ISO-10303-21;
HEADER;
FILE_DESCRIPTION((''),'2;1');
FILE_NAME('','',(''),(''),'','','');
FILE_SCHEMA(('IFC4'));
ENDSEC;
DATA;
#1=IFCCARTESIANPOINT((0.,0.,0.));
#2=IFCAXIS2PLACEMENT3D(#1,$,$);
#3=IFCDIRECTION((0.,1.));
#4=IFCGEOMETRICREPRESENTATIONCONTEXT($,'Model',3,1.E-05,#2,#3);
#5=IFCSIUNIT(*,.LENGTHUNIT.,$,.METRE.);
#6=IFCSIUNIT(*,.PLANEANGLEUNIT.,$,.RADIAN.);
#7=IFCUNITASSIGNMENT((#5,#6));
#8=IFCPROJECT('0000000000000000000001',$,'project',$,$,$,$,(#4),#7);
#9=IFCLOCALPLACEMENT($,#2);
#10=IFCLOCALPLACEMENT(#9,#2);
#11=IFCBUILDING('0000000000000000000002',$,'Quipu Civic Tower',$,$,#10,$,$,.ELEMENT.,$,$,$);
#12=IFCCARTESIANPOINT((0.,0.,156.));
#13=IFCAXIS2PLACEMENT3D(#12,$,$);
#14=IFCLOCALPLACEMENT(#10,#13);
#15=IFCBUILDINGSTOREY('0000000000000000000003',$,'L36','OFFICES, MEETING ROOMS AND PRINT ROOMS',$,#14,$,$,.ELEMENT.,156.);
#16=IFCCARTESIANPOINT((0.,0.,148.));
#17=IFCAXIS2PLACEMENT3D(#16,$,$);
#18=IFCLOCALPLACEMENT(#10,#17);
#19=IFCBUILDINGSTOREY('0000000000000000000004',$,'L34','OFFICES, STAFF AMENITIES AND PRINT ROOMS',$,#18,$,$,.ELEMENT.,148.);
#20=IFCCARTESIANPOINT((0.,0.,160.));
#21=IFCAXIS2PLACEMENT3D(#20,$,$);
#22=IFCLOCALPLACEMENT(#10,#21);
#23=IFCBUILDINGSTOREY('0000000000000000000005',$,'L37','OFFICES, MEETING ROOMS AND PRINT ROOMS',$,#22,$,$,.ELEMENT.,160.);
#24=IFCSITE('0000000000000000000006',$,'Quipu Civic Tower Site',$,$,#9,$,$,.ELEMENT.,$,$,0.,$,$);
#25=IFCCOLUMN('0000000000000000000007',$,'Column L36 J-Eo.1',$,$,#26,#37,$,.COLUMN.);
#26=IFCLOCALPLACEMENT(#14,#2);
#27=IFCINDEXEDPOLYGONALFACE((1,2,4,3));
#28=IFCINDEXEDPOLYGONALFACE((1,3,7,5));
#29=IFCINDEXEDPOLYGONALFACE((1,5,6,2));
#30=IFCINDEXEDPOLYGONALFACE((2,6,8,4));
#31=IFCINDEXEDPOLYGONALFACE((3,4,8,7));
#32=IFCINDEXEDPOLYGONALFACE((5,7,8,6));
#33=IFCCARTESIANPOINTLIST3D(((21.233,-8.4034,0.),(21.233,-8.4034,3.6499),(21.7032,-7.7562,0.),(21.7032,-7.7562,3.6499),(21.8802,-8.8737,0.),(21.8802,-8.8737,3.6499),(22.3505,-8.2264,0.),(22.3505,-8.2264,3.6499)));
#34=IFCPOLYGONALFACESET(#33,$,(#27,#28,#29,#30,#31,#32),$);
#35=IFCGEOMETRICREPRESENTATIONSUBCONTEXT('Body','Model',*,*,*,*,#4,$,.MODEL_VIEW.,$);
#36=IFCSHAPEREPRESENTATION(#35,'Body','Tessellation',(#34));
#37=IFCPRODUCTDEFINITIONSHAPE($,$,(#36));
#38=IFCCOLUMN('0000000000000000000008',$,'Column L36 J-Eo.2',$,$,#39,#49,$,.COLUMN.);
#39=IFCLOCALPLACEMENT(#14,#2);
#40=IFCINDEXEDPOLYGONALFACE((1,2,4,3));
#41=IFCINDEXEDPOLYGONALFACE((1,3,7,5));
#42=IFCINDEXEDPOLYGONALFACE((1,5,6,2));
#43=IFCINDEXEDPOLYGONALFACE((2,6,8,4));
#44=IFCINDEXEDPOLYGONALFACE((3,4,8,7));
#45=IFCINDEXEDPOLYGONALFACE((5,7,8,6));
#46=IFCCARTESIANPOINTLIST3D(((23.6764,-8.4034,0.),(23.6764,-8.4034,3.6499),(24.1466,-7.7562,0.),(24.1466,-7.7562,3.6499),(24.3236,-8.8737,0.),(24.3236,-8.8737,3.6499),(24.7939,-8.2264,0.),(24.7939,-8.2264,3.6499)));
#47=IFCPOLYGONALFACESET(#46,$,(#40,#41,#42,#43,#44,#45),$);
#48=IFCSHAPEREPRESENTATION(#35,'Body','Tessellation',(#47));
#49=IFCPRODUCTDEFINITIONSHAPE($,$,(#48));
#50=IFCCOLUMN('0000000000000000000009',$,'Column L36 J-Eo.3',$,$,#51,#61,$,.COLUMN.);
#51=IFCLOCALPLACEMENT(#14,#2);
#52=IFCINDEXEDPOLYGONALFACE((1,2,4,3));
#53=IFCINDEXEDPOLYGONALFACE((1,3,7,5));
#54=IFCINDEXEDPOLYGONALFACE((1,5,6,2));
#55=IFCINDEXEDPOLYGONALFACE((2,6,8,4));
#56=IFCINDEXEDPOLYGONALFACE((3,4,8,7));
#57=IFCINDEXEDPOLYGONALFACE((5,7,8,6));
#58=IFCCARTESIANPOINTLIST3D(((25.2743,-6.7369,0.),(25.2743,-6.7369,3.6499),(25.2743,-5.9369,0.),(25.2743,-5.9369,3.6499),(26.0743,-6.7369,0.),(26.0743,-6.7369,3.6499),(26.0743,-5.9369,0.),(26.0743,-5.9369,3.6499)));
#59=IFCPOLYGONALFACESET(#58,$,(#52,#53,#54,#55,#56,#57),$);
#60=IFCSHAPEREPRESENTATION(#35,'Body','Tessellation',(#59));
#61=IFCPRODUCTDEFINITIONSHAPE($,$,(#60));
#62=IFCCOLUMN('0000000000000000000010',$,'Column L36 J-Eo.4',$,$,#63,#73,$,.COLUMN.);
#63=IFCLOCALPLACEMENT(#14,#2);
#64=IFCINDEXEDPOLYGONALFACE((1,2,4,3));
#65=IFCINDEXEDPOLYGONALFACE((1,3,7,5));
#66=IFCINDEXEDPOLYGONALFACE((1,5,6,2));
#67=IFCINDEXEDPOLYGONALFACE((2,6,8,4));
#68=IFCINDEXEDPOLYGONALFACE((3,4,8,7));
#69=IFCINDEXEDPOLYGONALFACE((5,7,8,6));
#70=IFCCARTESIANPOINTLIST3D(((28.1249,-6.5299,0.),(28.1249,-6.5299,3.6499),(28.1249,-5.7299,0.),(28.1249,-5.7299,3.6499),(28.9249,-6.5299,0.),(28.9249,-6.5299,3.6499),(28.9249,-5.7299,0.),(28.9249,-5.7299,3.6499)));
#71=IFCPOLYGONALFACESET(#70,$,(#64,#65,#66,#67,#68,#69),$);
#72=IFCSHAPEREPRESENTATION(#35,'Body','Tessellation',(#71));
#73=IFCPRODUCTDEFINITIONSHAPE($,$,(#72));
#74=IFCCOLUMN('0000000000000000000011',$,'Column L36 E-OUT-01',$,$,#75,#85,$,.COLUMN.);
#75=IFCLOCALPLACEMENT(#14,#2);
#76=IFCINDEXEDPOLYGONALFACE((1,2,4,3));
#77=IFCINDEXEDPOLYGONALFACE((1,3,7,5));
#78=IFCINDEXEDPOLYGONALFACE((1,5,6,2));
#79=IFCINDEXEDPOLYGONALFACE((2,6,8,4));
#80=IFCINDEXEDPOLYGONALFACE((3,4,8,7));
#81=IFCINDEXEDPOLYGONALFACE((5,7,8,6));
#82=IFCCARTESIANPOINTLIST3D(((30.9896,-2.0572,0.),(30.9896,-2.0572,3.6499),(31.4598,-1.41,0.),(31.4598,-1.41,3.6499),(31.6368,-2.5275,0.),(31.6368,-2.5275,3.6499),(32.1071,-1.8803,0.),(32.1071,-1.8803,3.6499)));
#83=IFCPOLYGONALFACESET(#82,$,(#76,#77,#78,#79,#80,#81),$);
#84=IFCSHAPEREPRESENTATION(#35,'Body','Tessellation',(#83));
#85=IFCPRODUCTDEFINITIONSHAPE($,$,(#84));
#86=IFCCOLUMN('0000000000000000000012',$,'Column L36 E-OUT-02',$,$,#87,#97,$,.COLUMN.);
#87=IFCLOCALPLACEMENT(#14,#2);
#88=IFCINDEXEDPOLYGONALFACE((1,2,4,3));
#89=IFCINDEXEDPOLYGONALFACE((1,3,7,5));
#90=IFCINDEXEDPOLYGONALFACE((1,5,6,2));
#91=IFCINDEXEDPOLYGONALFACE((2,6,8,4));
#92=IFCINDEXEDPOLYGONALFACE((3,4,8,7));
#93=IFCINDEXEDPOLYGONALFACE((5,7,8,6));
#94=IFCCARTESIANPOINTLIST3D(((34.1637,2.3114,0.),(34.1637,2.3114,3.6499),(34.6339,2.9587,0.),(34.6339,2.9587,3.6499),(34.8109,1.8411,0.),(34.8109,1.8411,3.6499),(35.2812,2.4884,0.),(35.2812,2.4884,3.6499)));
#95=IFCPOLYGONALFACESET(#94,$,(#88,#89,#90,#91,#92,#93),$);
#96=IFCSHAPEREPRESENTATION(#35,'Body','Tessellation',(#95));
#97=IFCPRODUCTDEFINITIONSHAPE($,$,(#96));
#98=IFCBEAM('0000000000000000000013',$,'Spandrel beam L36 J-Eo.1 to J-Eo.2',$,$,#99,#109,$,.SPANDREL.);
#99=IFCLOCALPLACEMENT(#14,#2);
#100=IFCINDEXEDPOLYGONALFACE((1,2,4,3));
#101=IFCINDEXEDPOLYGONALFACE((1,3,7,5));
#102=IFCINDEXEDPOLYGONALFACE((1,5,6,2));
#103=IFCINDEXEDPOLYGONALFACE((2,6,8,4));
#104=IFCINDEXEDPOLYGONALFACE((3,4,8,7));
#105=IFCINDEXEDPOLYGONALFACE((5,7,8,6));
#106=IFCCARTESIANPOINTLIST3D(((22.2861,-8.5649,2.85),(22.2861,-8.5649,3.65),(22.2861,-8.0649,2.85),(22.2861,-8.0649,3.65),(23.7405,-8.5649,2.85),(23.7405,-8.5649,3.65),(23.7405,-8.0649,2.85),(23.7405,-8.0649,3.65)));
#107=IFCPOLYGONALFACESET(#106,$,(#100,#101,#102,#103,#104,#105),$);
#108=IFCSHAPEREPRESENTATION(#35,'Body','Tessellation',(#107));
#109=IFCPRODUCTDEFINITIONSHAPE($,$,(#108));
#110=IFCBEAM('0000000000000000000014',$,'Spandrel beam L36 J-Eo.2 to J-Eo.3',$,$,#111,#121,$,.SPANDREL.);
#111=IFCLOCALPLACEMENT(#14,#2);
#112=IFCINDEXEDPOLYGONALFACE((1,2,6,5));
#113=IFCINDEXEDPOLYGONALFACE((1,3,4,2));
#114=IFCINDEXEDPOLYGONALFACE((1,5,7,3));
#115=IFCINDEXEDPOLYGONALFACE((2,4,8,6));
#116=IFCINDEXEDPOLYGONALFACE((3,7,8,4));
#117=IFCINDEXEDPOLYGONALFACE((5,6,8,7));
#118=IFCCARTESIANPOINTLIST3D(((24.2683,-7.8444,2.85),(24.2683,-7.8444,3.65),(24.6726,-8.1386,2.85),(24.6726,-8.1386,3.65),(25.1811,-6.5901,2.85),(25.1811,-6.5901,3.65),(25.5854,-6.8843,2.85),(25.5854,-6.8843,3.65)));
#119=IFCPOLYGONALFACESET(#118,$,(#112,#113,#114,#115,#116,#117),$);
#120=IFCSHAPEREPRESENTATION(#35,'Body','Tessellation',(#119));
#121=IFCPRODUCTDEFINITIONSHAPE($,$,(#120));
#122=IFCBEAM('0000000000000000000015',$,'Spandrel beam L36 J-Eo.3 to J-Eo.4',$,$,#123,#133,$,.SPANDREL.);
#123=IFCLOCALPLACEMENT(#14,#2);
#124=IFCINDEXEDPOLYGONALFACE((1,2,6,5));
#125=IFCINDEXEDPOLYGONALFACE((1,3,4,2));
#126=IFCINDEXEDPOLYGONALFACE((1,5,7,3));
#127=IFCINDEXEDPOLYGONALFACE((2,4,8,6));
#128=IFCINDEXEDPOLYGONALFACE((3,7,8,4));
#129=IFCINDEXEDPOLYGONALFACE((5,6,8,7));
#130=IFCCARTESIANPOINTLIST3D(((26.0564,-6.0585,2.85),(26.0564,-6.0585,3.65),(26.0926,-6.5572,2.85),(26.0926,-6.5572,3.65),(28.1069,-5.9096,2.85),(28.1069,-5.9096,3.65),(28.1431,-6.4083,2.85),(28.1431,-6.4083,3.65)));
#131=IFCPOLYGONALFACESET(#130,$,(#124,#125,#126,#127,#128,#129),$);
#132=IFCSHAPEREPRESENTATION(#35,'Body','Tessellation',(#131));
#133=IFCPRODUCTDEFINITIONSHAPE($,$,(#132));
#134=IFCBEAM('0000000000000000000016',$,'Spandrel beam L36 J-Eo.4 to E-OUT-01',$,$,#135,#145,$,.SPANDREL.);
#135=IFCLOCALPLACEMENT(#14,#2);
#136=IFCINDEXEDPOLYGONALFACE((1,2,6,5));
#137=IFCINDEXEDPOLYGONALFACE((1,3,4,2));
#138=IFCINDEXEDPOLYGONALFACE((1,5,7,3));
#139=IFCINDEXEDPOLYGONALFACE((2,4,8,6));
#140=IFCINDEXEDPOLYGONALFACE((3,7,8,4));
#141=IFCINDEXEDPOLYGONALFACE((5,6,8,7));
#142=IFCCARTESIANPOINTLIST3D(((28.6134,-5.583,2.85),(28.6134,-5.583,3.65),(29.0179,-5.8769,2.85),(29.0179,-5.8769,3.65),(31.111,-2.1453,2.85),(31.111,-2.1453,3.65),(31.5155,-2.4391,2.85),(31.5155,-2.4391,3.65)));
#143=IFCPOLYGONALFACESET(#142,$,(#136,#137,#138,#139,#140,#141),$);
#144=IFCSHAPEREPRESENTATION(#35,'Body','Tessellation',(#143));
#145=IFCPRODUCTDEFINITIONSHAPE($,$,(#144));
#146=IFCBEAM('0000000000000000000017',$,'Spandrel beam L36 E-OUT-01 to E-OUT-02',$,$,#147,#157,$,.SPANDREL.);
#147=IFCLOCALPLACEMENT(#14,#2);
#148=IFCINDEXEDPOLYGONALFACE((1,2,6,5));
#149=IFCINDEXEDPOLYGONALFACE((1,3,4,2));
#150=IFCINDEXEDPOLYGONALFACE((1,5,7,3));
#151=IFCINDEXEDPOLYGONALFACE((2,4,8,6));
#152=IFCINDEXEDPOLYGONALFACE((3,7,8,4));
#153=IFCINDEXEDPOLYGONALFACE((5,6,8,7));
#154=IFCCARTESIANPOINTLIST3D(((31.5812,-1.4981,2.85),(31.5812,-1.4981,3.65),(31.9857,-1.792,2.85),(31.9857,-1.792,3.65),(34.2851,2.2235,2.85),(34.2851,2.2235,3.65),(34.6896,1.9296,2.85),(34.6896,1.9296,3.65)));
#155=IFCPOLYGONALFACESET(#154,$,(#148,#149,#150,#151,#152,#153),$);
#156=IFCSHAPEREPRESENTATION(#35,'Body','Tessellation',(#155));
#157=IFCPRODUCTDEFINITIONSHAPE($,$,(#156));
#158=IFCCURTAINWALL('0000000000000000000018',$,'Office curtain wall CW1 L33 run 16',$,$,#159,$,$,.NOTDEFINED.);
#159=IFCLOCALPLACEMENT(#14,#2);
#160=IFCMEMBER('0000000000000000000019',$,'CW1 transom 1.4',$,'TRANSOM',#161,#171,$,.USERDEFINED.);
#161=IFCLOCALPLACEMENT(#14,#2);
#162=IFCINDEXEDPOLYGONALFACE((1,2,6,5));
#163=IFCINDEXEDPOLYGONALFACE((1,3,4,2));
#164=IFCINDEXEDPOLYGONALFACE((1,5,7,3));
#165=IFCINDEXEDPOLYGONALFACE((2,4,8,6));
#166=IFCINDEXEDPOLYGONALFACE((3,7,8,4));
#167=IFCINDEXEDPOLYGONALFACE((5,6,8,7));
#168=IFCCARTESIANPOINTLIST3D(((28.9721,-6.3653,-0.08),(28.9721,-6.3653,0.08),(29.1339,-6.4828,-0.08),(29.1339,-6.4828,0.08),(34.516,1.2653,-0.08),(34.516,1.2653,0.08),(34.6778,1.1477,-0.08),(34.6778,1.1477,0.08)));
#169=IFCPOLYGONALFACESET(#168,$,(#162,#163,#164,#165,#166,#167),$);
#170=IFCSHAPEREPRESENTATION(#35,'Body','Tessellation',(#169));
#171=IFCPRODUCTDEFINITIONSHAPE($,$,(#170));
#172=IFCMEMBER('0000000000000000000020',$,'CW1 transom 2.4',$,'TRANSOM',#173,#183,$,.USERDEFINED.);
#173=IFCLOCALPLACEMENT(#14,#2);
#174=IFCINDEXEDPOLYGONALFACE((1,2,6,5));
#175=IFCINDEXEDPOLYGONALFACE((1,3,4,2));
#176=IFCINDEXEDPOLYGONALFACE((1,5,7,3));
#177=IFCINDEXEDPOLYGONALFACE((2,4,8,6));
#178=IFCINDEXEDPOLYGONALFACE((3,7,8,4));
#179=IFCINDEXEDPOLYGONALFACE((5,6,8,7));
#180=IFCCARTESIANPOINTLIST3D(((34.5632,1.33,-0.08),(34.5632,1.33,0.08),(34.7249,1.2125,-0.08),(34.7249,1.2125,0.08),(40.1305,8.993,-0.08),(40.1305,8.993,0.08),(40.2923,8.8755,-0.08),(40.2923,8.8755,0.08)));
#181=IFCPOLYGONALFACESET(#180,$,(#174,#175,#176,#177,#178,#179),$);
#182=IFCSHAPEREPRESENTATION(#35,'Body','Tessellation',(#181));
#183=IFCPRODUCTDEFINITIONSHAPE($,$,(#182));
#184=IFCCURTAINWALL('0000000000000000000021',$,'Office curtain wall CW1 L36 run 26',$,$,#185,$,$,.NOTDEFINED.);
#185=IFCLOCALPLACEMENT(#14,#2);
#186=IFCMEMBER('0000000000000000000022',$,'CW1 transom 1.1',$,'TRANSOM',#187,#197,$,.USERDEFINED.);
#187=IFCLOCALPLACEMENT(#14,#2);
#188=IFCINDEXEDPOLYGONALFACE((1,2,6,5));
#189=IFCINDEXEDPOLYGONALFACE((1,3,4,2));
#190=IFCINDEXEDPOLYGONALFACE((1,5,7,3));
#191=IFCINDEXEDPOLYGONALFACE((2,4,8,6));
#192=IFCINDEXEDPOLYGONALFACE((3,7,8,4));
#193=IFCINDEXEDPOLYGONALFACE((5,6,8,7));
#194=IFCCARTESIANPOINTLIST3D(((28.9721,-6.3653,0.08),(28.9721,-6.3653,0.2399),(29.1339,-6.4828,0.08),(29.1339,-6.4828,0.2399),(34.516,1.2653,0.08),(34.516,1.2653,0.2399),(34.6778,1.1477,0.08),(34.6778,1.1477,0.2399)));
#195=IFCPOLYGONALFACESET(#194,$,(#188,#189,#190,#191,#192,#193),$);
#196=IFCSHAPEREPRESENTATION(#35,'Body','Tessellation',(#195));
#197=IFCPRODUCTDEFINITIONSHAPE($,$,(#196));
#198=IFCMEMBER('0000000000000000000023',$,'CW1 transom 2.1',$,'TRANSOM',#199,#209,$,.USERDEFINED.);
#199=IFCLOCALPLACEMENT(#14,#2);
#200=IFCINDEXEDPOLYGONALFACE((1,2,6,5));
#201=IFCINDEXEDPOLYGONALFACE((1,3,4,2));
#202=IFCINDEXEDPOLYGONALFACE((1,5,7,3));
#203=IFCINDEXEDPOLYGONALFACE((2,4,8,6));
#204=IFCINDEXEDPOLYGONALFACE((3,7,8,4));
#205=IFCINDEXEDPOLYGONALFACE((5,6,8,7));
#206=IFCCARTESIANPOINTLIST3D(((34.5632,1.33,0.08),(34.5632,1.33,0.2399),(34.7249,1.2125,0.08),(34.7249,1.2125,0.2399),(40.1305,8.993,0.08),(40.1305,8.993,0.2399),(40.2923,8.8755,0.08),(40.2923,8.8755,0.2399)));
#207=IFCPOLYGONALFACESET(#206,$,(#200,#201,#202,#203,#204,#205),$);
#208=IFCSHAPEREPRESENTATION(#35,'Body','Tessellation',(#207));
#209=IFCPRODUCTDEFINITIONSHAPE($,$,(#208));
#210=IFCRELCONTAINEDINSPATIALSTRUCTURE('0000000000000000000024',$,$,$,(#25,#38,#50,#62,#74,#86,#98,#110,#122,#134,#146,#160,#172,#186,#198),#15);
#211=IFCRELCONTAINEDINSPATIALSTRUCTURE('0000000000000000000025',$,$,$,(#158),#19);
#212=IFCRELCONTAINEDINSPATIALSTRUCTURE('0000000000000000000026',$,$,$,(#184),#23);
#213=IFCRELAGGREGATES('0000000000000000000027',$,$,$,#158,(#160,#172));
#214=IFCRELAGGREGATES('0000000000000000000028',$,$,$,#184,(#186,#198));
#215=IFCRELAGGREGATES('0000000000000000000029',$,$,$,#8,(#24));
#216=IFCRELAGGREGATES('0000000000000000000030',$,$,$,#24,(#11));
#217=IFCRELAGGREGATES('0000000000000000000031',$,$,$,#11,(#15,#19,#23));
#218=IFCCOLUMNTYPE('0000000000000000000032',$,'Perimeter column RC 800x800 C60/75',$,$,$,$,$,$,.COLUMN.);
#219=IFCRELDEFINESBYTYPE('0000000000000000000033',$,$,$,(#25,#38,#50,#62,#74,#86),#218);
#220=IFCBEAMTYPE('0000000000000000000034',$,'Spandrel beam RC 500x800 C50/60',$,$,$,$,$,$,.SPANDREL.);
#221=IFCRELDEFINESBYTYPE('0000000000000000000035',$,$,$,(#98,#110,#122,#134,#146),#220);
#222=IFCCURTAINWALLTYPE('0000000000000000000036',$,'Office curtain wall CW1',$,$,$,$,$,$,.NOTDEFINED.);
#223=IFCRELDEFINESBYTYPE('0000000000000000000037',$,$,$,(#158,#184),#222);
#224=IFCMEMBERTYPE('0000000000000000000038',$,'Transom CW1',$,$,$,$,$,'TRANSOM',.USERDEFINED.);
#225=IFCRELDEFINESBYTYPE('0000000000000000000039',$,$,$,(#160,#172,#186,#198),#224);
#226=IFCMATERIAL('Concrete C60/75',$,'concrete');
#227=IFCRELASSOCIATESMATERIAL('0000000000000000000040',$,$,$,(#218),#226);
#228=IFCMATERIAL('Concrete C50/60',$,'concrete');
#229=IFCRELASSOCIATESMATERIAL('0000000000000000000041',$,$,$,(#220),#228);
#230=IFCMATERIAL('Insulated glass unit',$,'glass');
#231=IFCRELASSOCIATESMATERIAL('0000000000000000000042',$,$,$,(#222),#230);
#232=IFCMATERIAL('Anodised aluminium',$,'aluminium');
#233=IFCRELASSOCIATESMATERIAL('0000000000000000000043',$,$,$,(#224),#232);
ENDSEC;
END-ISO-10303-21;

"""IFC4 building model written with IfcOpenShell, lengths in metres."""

from ifc_helpers import new_model, si_unit, direction, frame, origin, origin_2d, place, context, subcontext, project, spatial, rectangle, extrude, material, material_profile, profile_set, type_object, element, aggregate, save


model = new_model("IFC4")

# Units and contexts
model_context = context("Model", 3, precision=1e-05, world=origin(), true_north=direction((0.0, 1.0)))
body_context = subcontext(model_context, "Body", "Model", "MODEL_VIEW")
ifc_project = project(units=[si_unit("LENGTHUNIT", "METRE"), si_unit("PLANEANGLEUNIT", "RADIAN")], contexts=[model_context])

# Site, building, storey
site_placement = place(None, origin())
site = spatial("IfcSite", under=ifc_project, at=site_placement, Name="Quipu Civic Tower Site", CompositionType="ELEMENT", RefElevation=0.0)
building_placement = place(site_placement, origin())
building = spatial("IfcBuilding", under=site, at=building_placement, Name="Quipu Civic Tower", CompositionType="ELEMENT")
storey_1_placement = place(building_placement, frame((0.0, 0.0, 156.0)))
storey_1 = spatial("IfcBuildingStorey", under=building, at=storey_1_placement, Name="L36", Description="OFFICES, MEETING ROOMS AND PRINT ROOMS", CompositionType="ELEMENT", Elevation=156.0)

# Columns
ifc_material_1 = material(Name="Concrete C60/75", Category="concrete")
ifc_material_profile_1 = material_profile(ifc_material_1, rectangle(XDim=0.8, YDim=0.8, at=origin_2d()), Name="RC800x800")
ifc_profile_set_1 = profile_set([ifc_material_profile_1], Name="Concrete C60/75")
column_type = type_object("IfcColumnType", Name="Perimeter column RC 800x800 C60/75", PredefinedType="COLUMN", material=ifc_profile_set_1)
for number, where, z_axis, x_axis, name in (
    (1, (21.7917, -8.3149, 0.0), (0.0, 0.0, 1.0), (0.587785, 0.809017, 0.0), "Column L36 J-Eo.1"),
    (2, (24.2351, -8.3149, 0.0), (0.0, 0.0, 1.0), (0.587785, 0.809017, 0.0), "Column L36 J-Eo.2"),
    (3, (25.6743, -6.3369, 0.0), (0.0, 0.0, 1.0), (1.0, 0.0, 0.0), "Column L36 J-Eo.3"),
    (4, (28.5249, -6.1299, 0.0), (0.0, 0.0, 1.0), (1.0, 0.0, 0.0), "Column L36 J-Eo.4"),
    (5, (31.5483, -1.9688, 0.0), (0.0, 0.0, 1.0), (0.587785, 0.809017, 0.0), "Column L36 E-OUT-01"),
    (6, (34.7224, 2.3999, 0.0), (0.0, 0.0, 1.0), (0.587785, 0.809017, 0.0), "Column L36 E-OUT-02"),
):
    element("IfcColumn", number, at=place(storey_1_placement, frame(where, z_axis=z_axis, x_axis=x_axis)), inside=storey_1, type_object=column_type, Name=name, PredefinedType="COLUMN", context=body_context, shape_type="SweptSolid", body=[
        extrude(rectangle(XDim=0.8, YDim=0.8, at=origin_2d()), origin(), (0.0, 0.0, 1.0), 3.6499),
    ])

# Beams
ifc_material_2 = material(Name="Concrete C50/60", Category="concrete")
ifc_material_profile_2 = material_profile(ifc_material_2, rectangle(XDim=0.5, YDim=0.8, at=origin_2d()), Name="RC500x800")
ifc_profile_set_2 = profile_set([ifc_material_profile_2], Name="Concrete C50/60")
beam_type = type_object("IfcBeamType", Name="Spandrel beam RC 500x800 C50/60", PredefinedType="SPANDREL", material=ifc_profile_set_2)
beam_1_placement = place(storey_1_placement, frame((22.2861, -8.3149, 3.25), z_axis=(1.0, 0.0, 0.0), x_axis=(0.0, 1.0, 0.0)))
element("IfcBeam", 7, at=beam_1_placement, inside=storey_1, type_object=beam_type, Name="Spandrel beam L36 J-Eo.1 to J-Eo.2", PredefinedType="SPANDREL", context=body_context, shape_type="SweptSolid", body=[
    extrude(rectangle(XDim=0.5, YDim=0.8, at=origin_2d()), origin(), (0.0, 0.0, 1.0), 1.4543),
])
beam_2_placement = place(storey_1_placement, frame((24.4705, -7.9915, 3.25), z_axis=(0.588406, 0.808566, 0.0), x_axis=(-0.808566, 0.588406, 0.0)))
element("IfcBeam", 8, at=beam_2_placement, inside=storey_1, type_object=beam_type, Name="Spandrel beam L36 J-Eo.2 to J-Eo.3", PredefinedType="SPANDREL", context=body_context, shape_type="SweptSolid", body=[
    extrude(rectangle(XDim=0.5, YDim=0.8, at=origin_2d()), origin(), (0.0, 0.0, 1.0), 1.5513),
])
beam_3_placement = place(storey_1_placement, frame((26.0745, -6.3079, 3.25), z_axis=(0.997373, 0.072437, 0.0), x_axis=(-0.072437, 0.997373, 0.0)))
element("IfcBeam", 9, at=beam_3_placement, inside=storey_1, type_object=beam_type, Name="Spandrel beam L36 J-Eo.3 to J-Eo.4", PredefinedType="SPANDREL", context=body_context, shape_type="SweptSolid", body=[
    extrude(rectangle(XDim=0.5, YDim=0.8, at=origin_2d()), origin(), (0.0, 0.0, 1.0), 2.0559),
])
beam_4_placement = place(storey_1_placement, frame((28.8157, -5.73, 3.25), z_axis=(0.587769, 0.809029, 0.0), x_axis=(-0.809029, 0.587769, 0.0)))
element("IfcBeam", 10, at=beam_4_placement, inside=storey_1, type_object=beam_type, Name="Spandrel beam L36 J-Eo.4 to E-OUT-01", PredefinedType="SPANDREL", context=body_context, shape_type="SweptSolid", body=[
    extrude(rectangle(XDim=0.5, YDim=0.8, at=origin_2d()), origin(), (0.0, 0.0, 1.0), 4.2493),
])
beam_5_placement = place(storey_1_placement, frame((31.7834, -1.645, 3.25), z_axis=(0.587796, 0.809009, 0.0), x_axis=(-0.809009, 0.587796, 0.0)))
element("IfcBeam", 11, at=beam_5_placement, inside=storey_1, type_object=beam_type, Name="Spandrel beam L36 E-OUT-01 to E-OUT-02", PredefinedType="SPANDREL", context=body_context, shape_type="SweptSolid", body=[
    extrude(rectangle(XDim=0.5, YDim=0.8, at=origin_2d()), origin(), (0.0, 0.0, 1.0), 4.6001),
])

# Shared definitions
storey_2_placement = place(building_placement, frame((0.0, 0.0, 148.0)))
storey_2 = spatial("IfcBuildingStorey", under=building, at=storey_2_placement, Name="L34", Description="OFFICES, STAFF AMENITIES AND PRINT ROOMS", CompositionType="ELEMENT", Elevation=148.0)

# Curtain wall, members
ifc_material_3 = material(Name="Insulated glass unit", Category="glass")
curtain_wall_type = type_object("IfcCurtainWallType", Name="Office curtain wall CW1", PredefinedType="NOTDEFINED", material=ifc_material_3)
curtain_wall_1_placement = place(storey_2_placement, origin())
curtain_wall_1 = element("IfcCurtainWall", 12, at=curtain_wall_1_placement, inside=storey_2, type_object=curtain_wall_type, Name="Office curtain wall CW1 L33 run 16", PredefinedType="NOTDEFINED")
ifc_material_4 = material(Name="Anodised aluminium", Category="aluminium")
ifc_material_profile_3 = material_profile(ifc_material_4, rectangle(XDim=0.2, YDim=0.1599, at=origin_2d()), Name="RECT 200x160")
ifc_profile_set_3 = profile_set([ifc_material_profile_3], Name="Anodised aluminium")
member_type = type_object("IfcMemberType", Name="Transom CW1", ElementType="TRANSOM", PredefinedType="USERDEFINED", material=ifc_profile_set_3)
member_1_placement = place(storey_1_placement, frame((29.053, -6.4241, 0.0), z_axis=(0.587784, 0.809018, 0.0), x_axis=(-0.809018, 0.587784, 0.0)))
member_1 = element("IfcMember", 13, at=member_1_placement, inside=storey_1, type_object=member_type, Name="CW1 transom 1.4", ObjectType="TRANSOM", PredefinedType="USERDEFINED", context=body_context, shape_type="SweptSolid", body=[
    extrude(rectangle(XDim=0.2, YDim=0.1599, at=origin_2d()), origin(), (0.0, 0.0, 1.0), 9.4319),
])
member_2_placement = place(storey_1_placement, frame((34.644, 1.2712, 0.0), z_axis=(0.587773, 0.809026, 0.0), x_axis=(-0.809026, 0.587773, 0.0)))
member_2 = element("IfcMember", 14, at=member_2_placement, inside=storey_1, type_object=member_type, Name="CW1 transom 2.4", ObjectType="TRANSOM", PredefinedType="USERDEFINED", context=body_context, shape_type="SweptSolid", body=[
    extrude(rectangle(XDim=0.2, YDim=0.1599, at=origin_2d()), origin(), (0.0, 0.0, 1.0), 9.4719),
])
aggregate(curtain_wall_1, [member_1, member_2])

# Shared definitions
storey_3_placement = place(building_placement, frame((0.0, 0.0, 160.0)))
storey_3 = spatial("IfcBuildingStorey", under=building, at=storey_3_placement, Name="L37", Description="OFFICES, MEETING ROOMS AND PRINT ROOMS", CompositionType="ELEMENT", Elevation=160.0)

# Curtain wall, members
curtain_wall_2_placement = place(storey_3_placement, origin())
curtain_wall_2 = element("IfcCurtainWall", 15, at=curtain_wall_2_placement, inside=storey_3, type_object=curtain_wall_type, Name="Office curtain wall CW1 L36 run 26", PredefinedType="NOTDEFINED")
member_3_placement = place(storey_1_placement, frame((29.053, -6.4241, 0.1599), z_axis=(0.587784, 0.809018, 0.0), x_axis=(-0.809018, 0.587784, 0.0)))
member_3 = element("IfcMember", 16, at=member_3_placement, inside=storey_1, type_object=member_type, Name="CW1 transom 1.1", ObjectType="TRANSOM", PredefinedType="USERDEFINED", context=body_context, shape_type="SweptSolid", body=[
    extrude(rectangle(XDim=0.2, YDim=0.1599, at=origin_2d()), origin(), (0.0, 0.0, 1.0), 9.4319),
])
member_4_placement = place(storey_1_placement, frame((34.644, 1.2712, 0.1599), z_axis=(0.587773, 0.809026, 0.0), x_axis=(-0.809026, 0.587773, 0.0)))
member_4 = element("IfcMember", 17, at=member_4_placement, inside=storey_1, type_object=member_type, Name="CW1 transom 2.1", ObjectType="TRANSOM", PredefinedType="USERDEFINED", context=body_context, shape_type="SweptSolid", body=[
    extrude(rectangle(XDim=0.2, YDim=0.1599, at=origin_2d()), origin(), (0.0, 0.0, 1.0), 9.4719),
])
aggregate(curtain_wall_2, [member_3, member_4])

save(model, "model.ifc")
